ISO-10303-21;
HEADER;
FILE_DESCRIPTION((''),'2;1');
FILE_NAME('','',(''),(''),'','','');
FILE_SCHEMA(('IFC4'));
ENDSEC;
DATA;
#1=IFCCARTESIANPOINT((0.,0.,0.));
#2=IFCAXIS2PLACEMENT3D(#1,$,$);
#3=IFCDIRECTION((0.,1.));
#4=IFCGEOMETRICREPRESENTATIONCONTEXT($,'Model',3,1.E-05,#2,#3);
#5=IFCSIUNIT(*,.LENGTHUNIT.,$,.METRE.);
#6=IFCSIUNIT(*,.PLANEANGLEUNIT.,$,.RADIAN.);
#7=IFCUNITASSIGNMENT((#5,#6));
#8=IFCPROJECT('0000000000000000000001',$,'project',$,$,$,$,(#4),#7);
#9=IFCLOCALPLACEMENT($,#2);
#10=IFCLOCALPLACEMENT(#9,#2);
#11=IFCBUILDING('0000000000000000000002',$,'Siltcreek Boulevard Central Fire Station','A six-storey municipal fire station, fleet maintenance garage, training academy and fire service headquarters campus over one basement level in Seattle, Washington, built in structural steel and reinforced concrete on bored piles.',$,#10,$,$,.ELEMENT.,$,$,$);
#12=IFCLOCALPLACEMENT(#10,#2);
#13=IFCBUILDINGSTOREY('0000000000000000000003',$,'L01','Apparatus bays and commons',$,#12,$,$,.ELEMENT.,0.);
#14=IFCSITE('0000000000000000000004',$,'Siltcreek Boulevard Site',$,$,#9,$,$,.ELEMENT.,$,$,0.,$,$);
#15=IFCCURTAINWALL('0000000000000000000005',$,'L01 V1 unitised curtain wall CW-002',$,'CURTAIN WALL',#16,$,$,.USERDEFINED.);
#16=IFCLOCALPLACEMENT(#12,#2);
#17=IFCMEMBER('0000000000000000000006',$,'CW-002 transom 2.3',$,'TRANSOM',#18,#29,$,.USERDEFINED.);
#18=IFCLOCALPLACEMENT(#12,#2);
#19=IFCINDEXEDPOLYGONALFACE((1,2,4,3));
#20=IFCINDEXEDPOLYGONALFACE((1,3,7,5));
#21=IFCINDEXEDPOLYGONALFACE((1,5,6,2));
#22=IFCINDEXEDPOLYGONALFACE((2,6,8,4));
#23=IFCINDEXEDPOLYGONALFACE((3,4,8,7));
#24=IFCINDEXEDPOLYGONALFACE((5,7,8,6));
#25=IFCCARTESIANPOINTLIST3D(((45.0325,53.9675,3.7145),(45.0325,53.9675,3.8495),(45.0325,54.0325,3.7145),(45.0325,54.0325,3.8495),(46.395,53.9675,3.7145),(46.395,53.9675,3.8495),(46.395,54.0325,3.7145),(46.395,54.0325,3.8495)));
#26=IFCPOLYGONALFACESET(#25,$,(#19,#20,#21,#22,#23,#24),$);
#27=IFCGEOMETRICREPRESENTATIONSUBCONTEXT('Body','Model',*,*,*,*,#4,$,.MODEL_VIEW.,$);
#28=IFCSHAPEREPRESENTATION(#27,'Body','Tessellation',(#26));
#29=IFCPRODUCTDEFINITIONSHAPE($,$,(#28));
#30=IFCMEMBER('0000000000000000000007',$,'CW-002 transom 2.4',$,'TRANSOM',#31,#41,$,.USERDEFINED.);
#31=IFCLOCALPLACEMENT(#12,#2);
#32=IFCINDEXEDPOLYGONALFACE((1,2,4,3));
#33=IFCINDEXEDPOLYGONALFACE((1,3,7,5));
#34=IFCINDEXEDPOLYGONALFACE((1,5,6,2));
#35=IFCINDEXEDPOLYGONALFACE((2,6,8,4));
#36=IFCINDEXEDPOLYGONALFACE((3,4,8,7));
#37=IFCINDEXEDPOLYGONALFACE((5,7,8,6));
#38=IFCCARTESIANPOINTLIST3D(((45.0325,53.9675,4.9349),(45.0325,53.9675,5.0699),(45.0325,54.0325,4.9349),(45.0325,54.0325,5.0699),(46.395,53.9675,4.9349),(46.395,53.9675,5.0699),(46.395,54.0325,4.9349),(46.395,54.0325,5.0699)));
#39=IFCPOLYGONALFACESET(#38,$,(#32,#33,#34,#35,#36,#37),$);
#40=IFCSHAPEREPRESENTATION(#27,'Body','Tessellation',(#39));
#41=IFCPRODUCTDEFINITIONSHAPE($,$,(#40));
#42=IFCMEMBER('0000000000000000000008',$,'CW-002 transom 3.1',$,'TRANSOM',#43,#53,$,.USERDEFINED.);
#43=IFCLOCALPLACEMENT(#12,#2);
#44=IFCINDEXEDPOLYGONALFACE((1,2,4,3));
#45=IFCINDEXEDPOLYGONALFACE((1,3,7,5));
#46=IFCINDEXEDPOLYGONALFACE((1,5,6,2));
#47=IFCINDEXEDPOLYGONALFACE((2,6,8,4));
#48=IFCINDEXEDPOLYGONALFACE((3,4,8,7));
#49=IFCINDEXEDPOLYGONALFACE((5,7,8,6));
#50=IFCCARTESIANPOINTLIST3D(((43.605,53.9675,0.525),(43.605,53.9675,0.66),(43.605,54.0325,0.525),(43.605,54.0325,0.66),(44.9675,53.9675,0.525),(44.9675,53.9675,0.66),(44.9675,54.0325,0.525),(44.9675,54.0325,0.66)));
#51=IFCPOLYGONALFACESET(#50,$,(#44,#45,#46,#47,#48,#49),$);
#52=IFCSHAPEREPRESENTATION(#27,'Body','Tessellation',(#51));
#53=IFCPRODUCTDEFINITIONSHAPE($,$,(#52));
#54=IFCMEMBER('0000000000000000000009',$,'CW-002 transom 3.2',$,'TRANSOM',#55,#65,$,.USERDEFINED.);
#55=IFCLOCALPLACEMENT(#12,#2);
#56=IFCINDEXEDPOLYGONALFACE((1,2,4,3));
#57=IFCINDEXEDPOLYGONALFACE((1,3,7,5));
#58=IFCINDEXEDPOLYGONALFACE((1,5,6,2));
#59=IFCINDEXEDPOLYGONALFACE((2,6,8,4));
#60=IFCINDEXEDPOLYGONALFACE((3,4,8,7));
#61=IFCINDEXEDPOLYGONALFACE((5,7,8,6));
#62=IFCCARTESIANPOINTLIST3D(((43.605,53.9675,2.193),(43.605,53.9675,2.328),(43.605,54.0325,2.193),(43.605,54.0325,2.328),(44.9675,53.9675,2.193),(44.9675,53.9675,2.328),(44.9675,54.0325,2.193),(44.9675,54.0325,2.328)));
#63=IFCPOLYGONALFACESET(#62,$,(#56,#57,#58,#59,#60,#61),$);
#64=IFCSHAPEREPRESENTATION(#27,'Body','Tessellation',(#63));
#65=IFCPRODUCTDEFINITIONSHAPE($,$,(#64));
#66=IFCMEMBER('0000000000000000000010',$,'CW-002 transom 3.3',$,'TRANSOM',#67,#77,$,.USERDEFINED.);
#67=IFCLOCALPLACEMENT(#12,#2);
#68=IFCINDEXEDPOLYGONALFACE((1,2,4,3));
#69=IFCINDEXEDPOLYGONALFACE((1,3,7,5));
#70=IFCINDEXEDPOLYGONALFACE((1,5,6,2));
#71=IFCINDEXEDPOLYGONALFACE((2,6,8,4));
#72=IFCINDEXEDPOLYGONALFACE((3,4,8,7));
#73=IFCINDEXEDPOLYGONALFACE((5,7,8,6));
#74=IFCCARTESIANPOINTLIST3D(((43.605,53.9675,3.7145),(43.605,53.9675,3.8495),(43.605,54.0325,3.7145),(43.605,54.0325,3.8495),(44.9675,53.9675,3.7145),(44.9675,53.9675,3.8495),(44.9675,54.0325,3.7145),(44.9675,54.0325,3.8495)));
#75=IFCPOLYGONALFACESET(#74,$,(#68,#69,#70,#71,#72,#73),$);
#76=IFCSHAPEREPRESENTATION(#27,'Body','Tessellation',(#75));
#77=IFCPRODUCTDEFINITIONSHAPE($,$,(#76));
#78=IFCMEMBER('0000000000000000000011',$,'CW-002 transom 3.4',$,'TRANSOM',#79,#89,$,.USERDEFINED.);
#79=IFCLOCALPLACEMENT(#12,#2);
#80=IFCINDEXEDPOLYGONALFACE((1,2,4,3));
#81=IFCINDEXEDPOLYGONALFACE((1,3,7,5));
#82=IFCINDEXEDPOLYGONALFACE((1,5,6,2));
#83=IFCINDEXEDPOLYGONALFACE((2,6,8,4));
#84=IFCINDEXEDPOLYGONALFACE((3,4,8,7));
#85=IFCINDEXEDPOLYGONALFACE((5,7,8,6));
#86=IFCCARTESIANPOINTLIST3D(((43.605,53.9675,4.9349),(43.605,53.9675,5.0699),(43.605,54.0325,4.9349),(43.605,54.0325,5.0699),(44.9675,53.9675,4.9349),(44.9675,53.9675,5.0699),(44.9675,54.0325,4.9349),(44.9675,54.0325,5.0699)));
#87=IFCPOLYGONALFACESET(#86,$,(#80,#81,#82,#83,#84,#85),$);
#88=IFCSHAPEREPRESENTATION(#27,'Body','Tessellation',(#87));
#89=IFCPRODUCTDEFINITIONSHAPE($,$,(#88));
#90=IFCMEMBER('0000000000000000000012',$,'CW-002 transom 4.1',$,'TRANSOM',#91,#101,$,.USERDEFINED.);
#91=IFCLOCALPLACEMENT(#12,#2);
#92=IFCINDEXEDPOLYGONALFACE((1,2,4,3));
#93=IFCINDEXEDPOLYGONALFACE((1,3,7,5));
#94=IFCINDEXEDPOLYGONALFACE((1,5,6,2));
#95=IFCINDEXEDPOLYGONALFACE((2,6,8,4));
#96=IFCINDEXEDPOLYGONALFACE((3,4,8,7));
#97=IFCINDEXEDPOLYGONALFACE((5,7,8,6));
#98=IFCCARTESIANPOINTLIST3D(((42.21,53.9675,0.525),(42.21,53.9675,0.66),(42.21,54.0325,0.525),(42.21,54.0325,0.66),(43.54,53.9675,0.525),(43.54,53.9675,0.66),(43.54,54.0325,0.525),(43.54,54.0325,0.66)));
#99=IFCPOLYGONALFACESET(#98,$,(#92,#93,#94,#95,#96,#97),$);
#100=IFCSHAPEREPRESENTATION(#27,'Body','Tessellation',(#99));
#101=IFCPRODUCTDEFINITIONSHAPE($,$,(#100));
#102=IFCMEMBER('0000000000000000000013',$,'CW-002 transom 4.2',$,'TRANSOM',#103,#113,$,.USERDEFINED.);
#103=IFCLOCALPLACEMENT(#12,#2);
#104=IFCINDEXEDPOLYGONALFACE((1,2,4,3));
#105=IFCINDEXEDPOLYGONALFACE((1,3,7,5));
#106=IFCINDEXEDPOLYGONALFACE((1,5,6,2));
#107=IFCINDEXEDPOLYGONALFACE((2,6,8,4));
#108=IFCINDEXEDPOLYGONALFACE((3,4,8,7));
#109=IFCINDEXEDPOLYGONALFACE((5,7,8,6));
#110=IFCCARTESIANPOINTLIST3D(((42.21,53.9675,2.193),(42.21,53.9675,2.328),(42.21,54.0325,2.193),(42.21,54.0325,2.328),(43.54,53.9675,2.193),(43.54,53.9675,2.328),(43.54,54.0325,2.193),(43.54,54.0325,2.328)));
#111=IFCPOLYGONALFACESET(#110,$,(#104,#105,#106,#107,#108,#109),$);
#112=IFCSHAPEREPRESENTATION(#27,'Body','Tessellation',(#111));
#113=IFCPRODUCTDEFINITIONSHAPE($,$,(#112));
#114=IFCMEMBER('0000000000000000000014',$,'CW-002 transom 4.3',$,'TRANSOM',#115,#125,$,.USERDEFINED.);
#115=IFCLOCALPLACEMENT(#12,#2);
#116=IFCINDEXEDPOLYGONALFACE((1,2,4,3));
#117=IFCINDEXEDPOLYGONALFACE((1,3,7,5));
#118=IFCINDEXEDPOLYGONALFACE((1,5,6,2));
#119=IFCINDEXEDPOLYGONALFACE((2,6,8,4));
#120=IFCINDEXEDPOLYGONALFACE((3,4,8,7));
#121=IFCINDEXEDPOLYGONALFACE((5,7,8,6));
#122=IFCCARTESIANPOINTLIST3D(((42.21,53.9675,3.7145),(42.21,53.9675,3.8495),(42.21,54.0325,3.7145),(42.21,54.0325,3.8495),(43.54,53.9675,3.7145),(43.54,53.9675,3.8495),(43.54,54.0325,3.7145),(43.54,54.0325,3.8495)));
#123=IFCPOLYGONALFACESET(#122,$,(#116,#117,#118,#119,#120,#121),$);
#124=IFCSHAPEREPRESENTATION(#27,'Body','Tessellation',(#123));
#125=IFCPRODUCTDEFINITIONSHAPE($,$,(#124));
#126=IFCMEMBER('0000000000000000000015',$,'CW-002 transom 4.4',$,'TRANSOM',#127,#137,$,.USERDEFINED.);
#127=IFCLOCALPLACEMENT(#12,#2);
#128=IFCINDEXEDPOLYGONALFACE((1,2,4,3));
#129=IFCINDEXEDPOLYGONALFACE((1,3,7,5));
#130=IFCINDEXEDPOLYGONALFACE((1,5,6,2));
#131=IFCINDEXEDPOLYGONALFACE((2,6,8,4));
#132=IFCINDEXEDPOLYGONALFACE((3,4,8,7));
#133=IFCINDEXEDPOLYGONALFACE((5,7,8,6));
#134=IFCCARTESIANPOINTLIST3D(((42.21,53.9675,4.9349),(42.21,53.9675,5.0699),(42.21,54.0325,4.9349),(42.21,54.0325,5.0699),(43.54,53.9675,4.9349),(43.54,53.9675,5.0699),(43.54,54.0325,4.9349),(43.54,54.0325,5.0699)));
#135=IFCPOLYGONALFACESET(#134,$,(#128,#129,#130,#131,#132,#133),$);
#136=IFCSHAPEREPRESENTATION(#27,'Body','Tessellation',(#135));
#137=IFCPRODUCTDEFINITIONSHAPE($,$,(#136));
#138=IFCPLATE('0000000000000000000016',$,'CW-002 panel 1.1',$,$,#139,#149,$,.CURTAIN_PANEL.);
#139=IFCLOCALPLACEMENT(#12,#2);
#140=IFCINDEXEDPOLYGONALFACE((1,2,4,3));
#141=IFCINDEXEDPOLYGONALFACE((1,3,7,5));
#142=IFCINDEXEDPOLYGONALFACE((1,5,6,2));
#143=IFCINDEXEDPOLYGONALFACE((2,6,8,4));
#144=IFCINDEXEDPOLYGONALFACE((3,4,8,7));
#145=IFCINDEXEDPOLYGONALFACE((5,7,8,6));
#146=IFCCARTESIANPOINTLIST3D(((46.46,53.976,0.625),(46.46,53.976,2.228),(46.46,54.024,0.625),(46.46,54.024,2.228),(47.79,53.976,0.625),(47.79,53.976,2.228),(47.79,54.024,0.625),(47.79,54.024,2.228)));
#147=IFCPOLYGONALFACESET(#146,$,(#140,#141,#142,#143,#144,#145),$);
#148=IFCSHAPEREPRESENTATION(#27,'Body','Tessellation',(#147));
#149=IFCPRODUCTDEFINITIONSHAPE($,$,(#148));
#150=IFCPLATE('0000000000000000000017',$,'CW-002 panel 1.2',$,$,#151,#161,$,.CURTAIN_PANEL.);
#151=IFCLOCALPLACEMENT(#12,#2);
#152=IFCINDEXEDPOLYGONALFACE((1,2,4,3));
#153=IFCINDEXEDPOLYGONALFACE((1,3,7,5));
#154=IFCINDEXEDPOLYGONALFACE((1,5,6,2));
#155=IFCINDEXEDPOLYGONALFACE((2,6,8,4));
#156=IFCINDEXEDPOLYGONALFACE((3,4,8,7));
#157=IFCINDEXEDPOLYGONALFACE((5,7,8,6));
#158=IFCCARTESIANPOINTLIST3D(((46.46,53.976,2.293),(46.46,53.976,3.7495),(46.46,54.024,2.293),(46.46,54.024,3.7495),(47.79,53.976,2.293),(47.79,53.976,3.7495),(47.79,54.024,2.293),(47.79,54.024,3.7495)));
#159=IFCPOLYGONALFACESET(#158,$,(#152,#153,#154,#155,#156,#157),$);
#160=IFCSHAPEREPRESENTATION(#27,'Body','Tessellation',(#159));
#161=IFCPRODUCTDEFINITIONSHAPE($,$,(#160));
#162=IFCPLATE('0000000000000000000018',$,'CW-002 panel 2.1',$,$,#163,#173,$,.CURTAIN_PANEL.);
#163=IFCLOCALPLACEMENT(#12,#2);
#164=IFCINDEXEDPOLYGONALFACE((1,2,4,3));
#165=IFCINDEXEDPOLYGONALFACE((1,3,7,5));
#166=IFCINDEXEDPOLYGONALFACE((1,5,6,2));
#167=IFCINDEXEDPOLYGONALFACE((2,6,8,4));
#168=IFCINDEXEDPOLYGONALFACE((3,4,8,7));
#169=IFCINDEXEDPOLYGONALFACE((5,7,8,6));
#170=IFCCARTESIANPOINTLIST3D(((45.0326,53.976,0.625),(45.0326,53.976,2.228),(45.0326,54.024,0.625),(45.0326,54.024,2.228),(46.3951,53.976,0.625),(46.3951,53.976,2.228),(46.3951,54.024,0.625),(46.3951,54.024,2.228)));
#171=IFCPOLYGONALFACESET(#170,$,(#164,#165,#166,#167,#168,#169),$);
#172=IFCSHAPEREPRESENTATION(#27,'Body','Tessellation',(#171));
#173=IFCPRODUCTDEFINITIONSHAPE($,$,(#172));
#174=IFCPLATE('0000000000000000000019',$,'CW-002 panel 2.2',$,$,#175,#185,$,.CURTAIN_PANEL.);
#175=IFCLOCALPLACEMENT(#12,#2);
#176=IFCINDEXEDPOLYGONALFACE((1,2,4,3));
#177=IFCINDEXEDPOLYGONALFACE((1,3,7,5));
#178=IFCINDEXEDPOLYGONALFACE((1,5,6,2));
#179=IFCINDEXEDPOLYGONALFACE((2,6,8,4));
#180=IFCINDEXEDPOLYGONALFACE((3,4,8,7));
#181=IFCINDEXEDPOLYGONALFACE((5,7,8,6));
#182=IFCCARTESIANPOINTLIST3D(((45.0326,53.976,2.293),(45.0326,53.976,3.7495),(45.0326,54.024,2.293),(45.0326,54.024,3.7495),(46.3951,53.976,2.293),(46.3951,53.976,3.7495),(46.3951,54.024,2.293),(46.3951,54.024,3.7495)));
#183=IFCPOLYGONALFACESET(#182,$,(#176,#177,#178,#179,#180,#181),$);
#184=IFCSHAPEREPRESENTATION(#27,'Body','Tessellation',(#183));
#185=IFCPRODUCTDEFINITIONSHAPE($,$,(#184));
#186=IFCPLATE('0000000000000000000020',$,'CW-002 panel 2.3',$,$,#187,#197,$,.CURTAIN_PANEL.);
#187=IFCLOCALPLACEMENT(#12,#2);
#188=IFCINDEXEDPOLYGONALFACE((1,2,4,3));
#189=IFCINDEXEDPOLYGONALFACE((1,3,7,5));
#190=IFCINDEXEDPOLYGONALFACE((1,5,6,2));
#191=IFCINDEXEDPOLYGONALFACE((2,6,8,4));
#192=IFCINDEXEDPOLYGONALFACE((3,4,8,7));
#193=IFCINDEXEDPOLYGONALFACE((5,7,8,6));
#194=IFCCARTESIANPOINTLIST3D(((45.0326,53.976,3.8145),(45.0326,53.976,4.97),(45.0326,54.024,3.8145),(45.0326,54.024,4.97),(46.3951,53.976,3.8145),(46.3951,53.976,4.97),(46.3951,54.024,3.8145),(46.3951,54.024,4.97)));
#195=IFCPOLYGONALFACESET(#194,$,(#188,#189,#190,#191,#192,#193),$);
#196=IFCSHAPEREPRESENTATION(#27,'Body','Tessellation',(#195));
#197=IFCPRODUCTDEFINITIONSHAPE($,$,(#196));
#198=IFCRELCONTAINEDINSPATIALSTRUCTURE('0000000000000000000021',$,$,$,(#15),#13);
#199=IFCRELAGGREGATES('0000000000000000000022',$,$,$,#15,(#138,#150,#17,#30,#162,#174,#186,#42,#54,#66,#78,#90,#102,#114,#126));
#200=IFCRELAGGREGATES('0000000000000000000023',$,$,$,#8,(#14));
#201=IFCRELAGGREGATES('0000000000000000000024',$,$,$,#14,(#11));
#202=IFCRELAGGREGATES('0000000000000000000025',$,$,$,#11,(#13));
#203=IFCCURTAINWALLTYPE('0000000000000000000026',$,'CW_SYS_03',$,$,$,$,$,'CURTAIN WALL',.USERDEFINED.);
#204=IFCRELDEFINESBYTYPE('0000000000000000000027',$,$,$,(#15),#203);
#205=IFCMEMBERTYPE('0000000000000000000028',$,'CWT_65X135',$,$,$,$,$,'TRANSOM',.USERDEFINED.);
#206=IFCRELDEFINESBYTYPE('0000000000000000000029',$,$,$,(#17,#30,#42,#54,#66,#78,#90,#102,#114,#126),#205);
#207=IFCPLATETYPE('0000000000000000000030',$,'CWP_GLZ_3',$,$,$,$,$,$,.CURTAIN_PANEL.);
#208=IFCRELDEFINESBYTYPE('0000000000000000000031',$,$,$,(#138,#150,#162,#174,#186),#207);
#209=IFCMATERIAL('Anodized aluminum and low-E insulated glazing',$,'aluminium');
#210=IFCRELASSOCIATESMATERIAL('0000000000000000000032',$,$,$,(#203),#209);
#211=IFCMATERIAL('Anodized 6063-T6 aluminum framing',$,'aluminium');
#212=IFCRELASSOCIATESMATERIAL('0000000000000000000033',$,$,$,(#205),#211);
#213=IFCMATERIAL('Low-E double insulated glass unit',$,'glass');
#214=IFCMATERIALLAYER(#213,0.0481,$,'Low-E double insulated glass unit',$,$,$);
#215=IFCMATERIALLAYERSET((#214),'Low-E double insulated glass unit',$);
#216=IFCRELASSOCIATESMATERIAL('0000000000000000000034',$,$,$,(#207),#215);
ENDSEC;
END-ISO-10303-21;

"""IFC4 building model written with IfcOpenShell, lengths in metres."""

from ifc_helpers import new_model, si_unit, direction, frame, origin, origin_2d, place, context, subcontext, project, spatial, rectangle, extrude, material, layer, layer_set, material_profile, profile_set, type_object, element, aggregate, save


model = new_model("IFC4")

# Units and contexts
model_context = context("Model", 3, precision=1e-05, world=origin(), true_north=direction((0.0, 1.0)))
body_context = subcontext(model_context, "Body", "Model", "MODEL_VIEW")
ifc_project = project(units=[si_unit("LENGTHUNIT", "METRE"), si_unit("PLANEANGLEUNIT", "RADIAN")], contexts=[model_context])

# Site, building, storey
site_placement = place(None, origin())
site = spatial("IfcSite", under=ifc_project, at=site_placement, Name="Siltcreek Boulevard Site", CompositionType="ELEMENT", RefElevation=0.0)
building_placement = place(site_placement, origin())
building = spatial("IfcBuilding", under=site, at=building_placement, Name="Siltcreek Boulevard Central Fire Station", Description="A six-storey municipal fire station, fleet maintenance garage, training academy and fire service headquarters campus over one basement level in Seattle, Washington, built in structural steel and reinforced concrete on bored piles.", CompositionType="ELEMENT")
storey_placement = place(building_placement, origin())
storey = spatial("IfcBuildingStorey", under=building, at=storey_placement, Name="L01", Description="Apparatus bays and commons", CompositionType="ELEMENT", Elevation=0.0)

# Curtain wall, members, plates
ifc_material_1 = material(Name="Anodized aluminum and low-E insulated glazing", Category="aluminium")
curtain_wall_type = type_object("IfcCurtainWallType", Name="CW_SYS_03", ElementType="CURTAIN WALL", PredefinedType="USERDEFINED", material=ifc_material_1)
curtain_wall_placement = place(storey_placement, origin())
curtain_wall = element("IfcCurtainWall", 1, at=curtain_wall_placement, inside=storey, type_object=curtain_wall_type, Name="L01 V1 unitised curtain wall CW-002", ObjectType="CURTAIN WALL", PredefinedType="USERDEFINED")
ifc_material_2 = material(Name="Anodized 6063-T6 aluminum framing", Category="aluminium")
ifc_material_profile_1 = material_profile(ifc_material_2, rectangle(XDim=0.0649, YDim=0.135, at=origin_2d()), Name="TRAN65X135")
ifc_profile_set_1 = profile_set([ifc_material_profile_1], Name="Anodized 6063-T6 aluminum framing")
member_type_1 = type_object("IfcMemberType", Name="CWT_65X135", ElementType="TRANSOM", PredefinedType="USERDEFINED", material=ifc_profile_set_1)
member_1_placement = place(storey_placement, frame((46.395, 54.0, 3.782), z_axis=(-1.0, 0.0, 0.0), x_axis=(0.0, -1.0, 0.0)))
member_1 = element("IfcMember", 2, at=member_1_placement, type_object=member_type_1, Name="CW-002 transom 2.3", ObjectType="TRANSOM", PredefinedType="USERDEFINED", context=body_context, shape_type="SweptSolid", body=[
    extrude(rectangle(XDim=0.0649, YDim=0.135, at=origin_2d()), origin(), (0.0, 0.0, 1.0), 1.3625),
])
member_2_placement = place(storey_placement, frame((46.395, 54.0, 5.0024), z_axis=(-1.0, 0.0, 0.0), x_axis=(0.0, -1.0, 0.0)))
member_2 = element("IfcMember", 3, at=member_2_placement, type_object=member_type_1, Name="CW-002 transom 2.4", ObjectType="TRANSOM", PredefinedType="USERDEFINED", context=body_context, shape_type="SweptSolid", body=[
    extrude(rectangle(XDim=0.0649, YDim=0.135, at=origin_2d()), origin(), (0.0, 0.0, 1.0), 1.3625),
])
member_3_placement = place(storey_placement, frame((44.9675, 54.0, 0.5925), z_axis=(-1.0, 0.0, 0.0), x_axis=(0.0, -1.0, 0.0)))
member_3 = element("IfcMember", 4, at=member_3_placement, type_object=member_type_1, Name="CW-002 transom 3.1", ObjectType="TRANSOM", PredefinedType="USERDEFINED", context=body_context, shape_type="SweptSolid", body=[
    extrude(rectangle(XDim=0.0649, YDim=0.135, at=origin_2d()), origin(), (0.0, 0.0, 1.0), 1.3625),
])
member_4_placement = place(storey_placement, frame((44.9675, 54.0, 2.2605), z_axis=(-1.0, 0.0, 0.0), x_axis=(0.0, -1.0, 0.0)))
member_4 = element("IfcMember", 5, at=member_4_placement, type_object=member_type_1, Name="CW-002 transom 3.2", ObjectType="TRANSOM", PredefinedType="USERDEFINED", context=body_context, shape_type="SweptSolid", body=[
    extrude(rectangle(XDim=0.0649, YDim=0.135, at=origin_2d()), origin(), (0.0, 0.0, 1.0), 1.3625),
])
member_5_placement = place(storey_placement, frame((44.9675, 54.0, 3.782), z_axis=(-1.0, 0.0, 0.0), x_axis=(0.0, -1.0, 0.0)))
member_5 = element("IfcMember", 6, at=member_5_placement, type_object=member_type_1, Name="CW-002 transom 3.3", ObjectType="TRANSOM", PredefinedType="USERDEFINED", context=body_context, shape_type="SweptSolid", body=[
    extrude(rectangle(XDim=0.0649, YDim=0.135, at=origin_2d()), origin(), (0.0, 0.0, 1.0), 1.3625),
])
member_6_placement = place(storey_placement, frame((44.9675, 54.0, 5.0024), z_axis=(-1.0, 0.0, 0.0), x_axis=(0.0, -1.0, 0.0)))
member_6 = element("IfcMember", 7, at=member_6_placement, type_object=member_type_1, Name="CW-002 transom 3.4", ObjectType="TRANSOM", PredefinedType="USERDEFINED", context=body_context, shape_type="SweptSolid", body=[
    extrude(rectangle(XDim=0.0649, YDim=0.135, at=origin_2d()), origin(), (0.0, 0.0, 1.0), 1.3625),
])
member_7_placement = place(storey_placement, frame((43.54, 54.0, 0.5925), z_axis=(-1.0, 0.0, 0.0), x_axis=(0.0, -1.0, 0.0)))
member_7 = element("IfcMember", 8, at=member_7_placement, type_object=member_type_1, Name="CW-002 transom 4.1", ObjectType="TRANSOM", PredefinedType="USERDEFINED", context=body_context, shape_type="SweptSolid", body=[
    extrude(rectangle(XDim=0.0649, YDim=0.135, at=origin_2d()), origin(), (0.0, 0.0, 1.0), 1.3301),
])
member_8_placement = place(storey_placement, frame((43.54, 54.0, 2.2605), z_axis=(-1.0, 0.0, 0.0), x_axis=(0.0, -1.0, 0.0)))
member_8 = element("IfcMember", 9, at=member_8_placement, type_object=member_type_1, Name="CW-002 transom 4.2", ObjectType="TRANSOM", PredefinedType="USERDEFINED", context=body_context, shape_type="SweptSolid", body=[
    extrude(rectangle(XDim=0.0649, YDim=0.135, at=origin_2d()), origin(), (0.0, 0.0, 1.0), 1.3301),
])
member_9_placement = place(storey_placement, frame((43.54, 54.0, 3.782), z_axis=(-1.0, 0.0, 0.0), x_axis=(0.0, -1.0, 0.0)))
member_9 = element("IfcMember", 10, at=member_9_placement, type_object=member_type_1, Name="CW-002 transom 4.3", ObjectType="TRANSOM", PredefinedType="USERDEFINED", context=body_context, shape_type="SweptSolid", body=[
    extrude(rectangle(XDim=0.0649, YDim=0.135, at=origin_2d()), origin(), (0.0, 0.0, 1.0), 1.3301),
])
member_10_placement = place(storey_placement, frame((43.54, 54.0, 5.0024), z_axis=(-1.0, 0.0, 0.0), x_axis=(0.0, -1.0, 0.0)))
member_10 = element("IfcMember", 11, at=member_10_placement, type_object=member_type_1, Name="CW-002 transom 4.4", ObjectType="TRANSOM", PredefinedType="USERDEFINED", context=body_context, shape_type="SweptSolid", body=[
    extrude(rectangle(XDim=0.0649, YDim=0.135, at=origin_2d()), origin(), (0.0, 0.0, 1.0), 1.3301),
])
ifc_material_3 = material(Name="Low-E double insulated glass unit", Category="glass")
ifc_layer_1 = layer(ifc_material_3, 0.0481, Name="Low-E double insulated glass unit")
ifc_layer_set_1 = layer_set([ifc_layer_1], Name="Low-E double insulated glass unit")
plate_type_1 = type_object("IfcPlateType", Name="CWP_GLZ_3", PredefinedType="CURTAIN_PANEL", material=ifc_layer_set_1)
plate_1_placement = place(storey_placement, frame((47.125, 54.0, 0.625), z_axis=(0.0, 0.0, 1.0), x_axis=(-1.0, 0.0, 0.0)))
plate_1 = element("IfcPlate", 12, at=plate_1_placement, type_object=plate_type_1, Name="CW-002 panel 1.1", PredefinedType="CURTAIN_PANEL", context=body_context, shape_type="SweptSolid", body=[
    extrude(rectangle(XDim=1.3301, YDim=0.0481, at=origin_2d()), origin(), (0.0, 0.0, 1.0), 1.603),
])
plate_2_placement = place(storey_placement, frame((47.125, 54.0, 2.293), z_axis=(0.0, 0.0, 1.0), x_axis=(-1.0, 0.0, 0.0)))
plate_2 = element("IfcPlate", 13, at=plate_2_placement, type_object=plate_type_1, Name="CW-002 panel 1.2", PredefinedType="CURTAIN_PANEL", context=body_context, shape_type="SweptSolid", body=[
    extrude(rectangle(XDim=1.3301, YDim=0.0481, at=origin_2d()), origin(), (0.0, 0.0, 1.0), 1.4565),
])
plate_3_placement = place(storey_placement, frame((45.7139, 54.0, 0.625), z_axis=(0.0, 0.0, 1.0), x_axis=(-1.0, 0.0, 0.0)))
plate_3 = element("IfcPlate", 14, at=plate_3_placement, type_object=plate_type_1, Name="CW-002 panel 2.1", PredefinedType="CURTAIN_PANEL", context=body_context, shape_type="SweptSolid", body=[
    extrude(rectangle(XDim=1.3625, YDim=0.0481, at=origin_2d()), origin(), (0.0, 0.0, 1.0), 1.603),
])
plate_4_placement = place(storey_placement, frame((45.7139, 54.0, 2.293), z_axis=(0.0, 0.0, 1.0), x_axis=(-1.0, 0.0, 0.0)))
plate_4 = element("IfcPlate", 15, at=plate_4_placement, type_object=plate_type_1, Name="CW-002 panel 2.2", PredefinedType="CURTAIN_PANEL", context=body_context, shape_type="SweptSolid", body=[
    extrude(rectangle(XDim=1.3625, YDim=0.0481, at=origin_2d()), origin(), (0.0, 0.0, 1.0), 1.4565),
])
plate_5_placement = place(storey_placement, frame((45.7139, 54.0, 3.8145), z_axis=(0.0, 0.0, 1.0), x_axis=(-1.0, 0.0, 0.0)))
plate_5 = element("IfcPlate", 16, at=plate_5_placement, type_object=plate_type_1, Name="CW-002 panel 2.3", PredefinedType="CURTAIN_PANEL", context=body_context, shape_type="SweptSolid", body=[
    extrude(rectangle(XDim=1.3625, YDim=0.0481, at=origin_2d()), origin(), (0.0, 0.0, 1.0), 1.1555),
])
aggregate(curtain_wall, [plate_1, plate_2, member_1, member_2, plate_3, plate_4, plate_5, member_3, member_4, member_5, member_6, member_7, member_8, member_9, member_10])

save(model, "model.ifc")
